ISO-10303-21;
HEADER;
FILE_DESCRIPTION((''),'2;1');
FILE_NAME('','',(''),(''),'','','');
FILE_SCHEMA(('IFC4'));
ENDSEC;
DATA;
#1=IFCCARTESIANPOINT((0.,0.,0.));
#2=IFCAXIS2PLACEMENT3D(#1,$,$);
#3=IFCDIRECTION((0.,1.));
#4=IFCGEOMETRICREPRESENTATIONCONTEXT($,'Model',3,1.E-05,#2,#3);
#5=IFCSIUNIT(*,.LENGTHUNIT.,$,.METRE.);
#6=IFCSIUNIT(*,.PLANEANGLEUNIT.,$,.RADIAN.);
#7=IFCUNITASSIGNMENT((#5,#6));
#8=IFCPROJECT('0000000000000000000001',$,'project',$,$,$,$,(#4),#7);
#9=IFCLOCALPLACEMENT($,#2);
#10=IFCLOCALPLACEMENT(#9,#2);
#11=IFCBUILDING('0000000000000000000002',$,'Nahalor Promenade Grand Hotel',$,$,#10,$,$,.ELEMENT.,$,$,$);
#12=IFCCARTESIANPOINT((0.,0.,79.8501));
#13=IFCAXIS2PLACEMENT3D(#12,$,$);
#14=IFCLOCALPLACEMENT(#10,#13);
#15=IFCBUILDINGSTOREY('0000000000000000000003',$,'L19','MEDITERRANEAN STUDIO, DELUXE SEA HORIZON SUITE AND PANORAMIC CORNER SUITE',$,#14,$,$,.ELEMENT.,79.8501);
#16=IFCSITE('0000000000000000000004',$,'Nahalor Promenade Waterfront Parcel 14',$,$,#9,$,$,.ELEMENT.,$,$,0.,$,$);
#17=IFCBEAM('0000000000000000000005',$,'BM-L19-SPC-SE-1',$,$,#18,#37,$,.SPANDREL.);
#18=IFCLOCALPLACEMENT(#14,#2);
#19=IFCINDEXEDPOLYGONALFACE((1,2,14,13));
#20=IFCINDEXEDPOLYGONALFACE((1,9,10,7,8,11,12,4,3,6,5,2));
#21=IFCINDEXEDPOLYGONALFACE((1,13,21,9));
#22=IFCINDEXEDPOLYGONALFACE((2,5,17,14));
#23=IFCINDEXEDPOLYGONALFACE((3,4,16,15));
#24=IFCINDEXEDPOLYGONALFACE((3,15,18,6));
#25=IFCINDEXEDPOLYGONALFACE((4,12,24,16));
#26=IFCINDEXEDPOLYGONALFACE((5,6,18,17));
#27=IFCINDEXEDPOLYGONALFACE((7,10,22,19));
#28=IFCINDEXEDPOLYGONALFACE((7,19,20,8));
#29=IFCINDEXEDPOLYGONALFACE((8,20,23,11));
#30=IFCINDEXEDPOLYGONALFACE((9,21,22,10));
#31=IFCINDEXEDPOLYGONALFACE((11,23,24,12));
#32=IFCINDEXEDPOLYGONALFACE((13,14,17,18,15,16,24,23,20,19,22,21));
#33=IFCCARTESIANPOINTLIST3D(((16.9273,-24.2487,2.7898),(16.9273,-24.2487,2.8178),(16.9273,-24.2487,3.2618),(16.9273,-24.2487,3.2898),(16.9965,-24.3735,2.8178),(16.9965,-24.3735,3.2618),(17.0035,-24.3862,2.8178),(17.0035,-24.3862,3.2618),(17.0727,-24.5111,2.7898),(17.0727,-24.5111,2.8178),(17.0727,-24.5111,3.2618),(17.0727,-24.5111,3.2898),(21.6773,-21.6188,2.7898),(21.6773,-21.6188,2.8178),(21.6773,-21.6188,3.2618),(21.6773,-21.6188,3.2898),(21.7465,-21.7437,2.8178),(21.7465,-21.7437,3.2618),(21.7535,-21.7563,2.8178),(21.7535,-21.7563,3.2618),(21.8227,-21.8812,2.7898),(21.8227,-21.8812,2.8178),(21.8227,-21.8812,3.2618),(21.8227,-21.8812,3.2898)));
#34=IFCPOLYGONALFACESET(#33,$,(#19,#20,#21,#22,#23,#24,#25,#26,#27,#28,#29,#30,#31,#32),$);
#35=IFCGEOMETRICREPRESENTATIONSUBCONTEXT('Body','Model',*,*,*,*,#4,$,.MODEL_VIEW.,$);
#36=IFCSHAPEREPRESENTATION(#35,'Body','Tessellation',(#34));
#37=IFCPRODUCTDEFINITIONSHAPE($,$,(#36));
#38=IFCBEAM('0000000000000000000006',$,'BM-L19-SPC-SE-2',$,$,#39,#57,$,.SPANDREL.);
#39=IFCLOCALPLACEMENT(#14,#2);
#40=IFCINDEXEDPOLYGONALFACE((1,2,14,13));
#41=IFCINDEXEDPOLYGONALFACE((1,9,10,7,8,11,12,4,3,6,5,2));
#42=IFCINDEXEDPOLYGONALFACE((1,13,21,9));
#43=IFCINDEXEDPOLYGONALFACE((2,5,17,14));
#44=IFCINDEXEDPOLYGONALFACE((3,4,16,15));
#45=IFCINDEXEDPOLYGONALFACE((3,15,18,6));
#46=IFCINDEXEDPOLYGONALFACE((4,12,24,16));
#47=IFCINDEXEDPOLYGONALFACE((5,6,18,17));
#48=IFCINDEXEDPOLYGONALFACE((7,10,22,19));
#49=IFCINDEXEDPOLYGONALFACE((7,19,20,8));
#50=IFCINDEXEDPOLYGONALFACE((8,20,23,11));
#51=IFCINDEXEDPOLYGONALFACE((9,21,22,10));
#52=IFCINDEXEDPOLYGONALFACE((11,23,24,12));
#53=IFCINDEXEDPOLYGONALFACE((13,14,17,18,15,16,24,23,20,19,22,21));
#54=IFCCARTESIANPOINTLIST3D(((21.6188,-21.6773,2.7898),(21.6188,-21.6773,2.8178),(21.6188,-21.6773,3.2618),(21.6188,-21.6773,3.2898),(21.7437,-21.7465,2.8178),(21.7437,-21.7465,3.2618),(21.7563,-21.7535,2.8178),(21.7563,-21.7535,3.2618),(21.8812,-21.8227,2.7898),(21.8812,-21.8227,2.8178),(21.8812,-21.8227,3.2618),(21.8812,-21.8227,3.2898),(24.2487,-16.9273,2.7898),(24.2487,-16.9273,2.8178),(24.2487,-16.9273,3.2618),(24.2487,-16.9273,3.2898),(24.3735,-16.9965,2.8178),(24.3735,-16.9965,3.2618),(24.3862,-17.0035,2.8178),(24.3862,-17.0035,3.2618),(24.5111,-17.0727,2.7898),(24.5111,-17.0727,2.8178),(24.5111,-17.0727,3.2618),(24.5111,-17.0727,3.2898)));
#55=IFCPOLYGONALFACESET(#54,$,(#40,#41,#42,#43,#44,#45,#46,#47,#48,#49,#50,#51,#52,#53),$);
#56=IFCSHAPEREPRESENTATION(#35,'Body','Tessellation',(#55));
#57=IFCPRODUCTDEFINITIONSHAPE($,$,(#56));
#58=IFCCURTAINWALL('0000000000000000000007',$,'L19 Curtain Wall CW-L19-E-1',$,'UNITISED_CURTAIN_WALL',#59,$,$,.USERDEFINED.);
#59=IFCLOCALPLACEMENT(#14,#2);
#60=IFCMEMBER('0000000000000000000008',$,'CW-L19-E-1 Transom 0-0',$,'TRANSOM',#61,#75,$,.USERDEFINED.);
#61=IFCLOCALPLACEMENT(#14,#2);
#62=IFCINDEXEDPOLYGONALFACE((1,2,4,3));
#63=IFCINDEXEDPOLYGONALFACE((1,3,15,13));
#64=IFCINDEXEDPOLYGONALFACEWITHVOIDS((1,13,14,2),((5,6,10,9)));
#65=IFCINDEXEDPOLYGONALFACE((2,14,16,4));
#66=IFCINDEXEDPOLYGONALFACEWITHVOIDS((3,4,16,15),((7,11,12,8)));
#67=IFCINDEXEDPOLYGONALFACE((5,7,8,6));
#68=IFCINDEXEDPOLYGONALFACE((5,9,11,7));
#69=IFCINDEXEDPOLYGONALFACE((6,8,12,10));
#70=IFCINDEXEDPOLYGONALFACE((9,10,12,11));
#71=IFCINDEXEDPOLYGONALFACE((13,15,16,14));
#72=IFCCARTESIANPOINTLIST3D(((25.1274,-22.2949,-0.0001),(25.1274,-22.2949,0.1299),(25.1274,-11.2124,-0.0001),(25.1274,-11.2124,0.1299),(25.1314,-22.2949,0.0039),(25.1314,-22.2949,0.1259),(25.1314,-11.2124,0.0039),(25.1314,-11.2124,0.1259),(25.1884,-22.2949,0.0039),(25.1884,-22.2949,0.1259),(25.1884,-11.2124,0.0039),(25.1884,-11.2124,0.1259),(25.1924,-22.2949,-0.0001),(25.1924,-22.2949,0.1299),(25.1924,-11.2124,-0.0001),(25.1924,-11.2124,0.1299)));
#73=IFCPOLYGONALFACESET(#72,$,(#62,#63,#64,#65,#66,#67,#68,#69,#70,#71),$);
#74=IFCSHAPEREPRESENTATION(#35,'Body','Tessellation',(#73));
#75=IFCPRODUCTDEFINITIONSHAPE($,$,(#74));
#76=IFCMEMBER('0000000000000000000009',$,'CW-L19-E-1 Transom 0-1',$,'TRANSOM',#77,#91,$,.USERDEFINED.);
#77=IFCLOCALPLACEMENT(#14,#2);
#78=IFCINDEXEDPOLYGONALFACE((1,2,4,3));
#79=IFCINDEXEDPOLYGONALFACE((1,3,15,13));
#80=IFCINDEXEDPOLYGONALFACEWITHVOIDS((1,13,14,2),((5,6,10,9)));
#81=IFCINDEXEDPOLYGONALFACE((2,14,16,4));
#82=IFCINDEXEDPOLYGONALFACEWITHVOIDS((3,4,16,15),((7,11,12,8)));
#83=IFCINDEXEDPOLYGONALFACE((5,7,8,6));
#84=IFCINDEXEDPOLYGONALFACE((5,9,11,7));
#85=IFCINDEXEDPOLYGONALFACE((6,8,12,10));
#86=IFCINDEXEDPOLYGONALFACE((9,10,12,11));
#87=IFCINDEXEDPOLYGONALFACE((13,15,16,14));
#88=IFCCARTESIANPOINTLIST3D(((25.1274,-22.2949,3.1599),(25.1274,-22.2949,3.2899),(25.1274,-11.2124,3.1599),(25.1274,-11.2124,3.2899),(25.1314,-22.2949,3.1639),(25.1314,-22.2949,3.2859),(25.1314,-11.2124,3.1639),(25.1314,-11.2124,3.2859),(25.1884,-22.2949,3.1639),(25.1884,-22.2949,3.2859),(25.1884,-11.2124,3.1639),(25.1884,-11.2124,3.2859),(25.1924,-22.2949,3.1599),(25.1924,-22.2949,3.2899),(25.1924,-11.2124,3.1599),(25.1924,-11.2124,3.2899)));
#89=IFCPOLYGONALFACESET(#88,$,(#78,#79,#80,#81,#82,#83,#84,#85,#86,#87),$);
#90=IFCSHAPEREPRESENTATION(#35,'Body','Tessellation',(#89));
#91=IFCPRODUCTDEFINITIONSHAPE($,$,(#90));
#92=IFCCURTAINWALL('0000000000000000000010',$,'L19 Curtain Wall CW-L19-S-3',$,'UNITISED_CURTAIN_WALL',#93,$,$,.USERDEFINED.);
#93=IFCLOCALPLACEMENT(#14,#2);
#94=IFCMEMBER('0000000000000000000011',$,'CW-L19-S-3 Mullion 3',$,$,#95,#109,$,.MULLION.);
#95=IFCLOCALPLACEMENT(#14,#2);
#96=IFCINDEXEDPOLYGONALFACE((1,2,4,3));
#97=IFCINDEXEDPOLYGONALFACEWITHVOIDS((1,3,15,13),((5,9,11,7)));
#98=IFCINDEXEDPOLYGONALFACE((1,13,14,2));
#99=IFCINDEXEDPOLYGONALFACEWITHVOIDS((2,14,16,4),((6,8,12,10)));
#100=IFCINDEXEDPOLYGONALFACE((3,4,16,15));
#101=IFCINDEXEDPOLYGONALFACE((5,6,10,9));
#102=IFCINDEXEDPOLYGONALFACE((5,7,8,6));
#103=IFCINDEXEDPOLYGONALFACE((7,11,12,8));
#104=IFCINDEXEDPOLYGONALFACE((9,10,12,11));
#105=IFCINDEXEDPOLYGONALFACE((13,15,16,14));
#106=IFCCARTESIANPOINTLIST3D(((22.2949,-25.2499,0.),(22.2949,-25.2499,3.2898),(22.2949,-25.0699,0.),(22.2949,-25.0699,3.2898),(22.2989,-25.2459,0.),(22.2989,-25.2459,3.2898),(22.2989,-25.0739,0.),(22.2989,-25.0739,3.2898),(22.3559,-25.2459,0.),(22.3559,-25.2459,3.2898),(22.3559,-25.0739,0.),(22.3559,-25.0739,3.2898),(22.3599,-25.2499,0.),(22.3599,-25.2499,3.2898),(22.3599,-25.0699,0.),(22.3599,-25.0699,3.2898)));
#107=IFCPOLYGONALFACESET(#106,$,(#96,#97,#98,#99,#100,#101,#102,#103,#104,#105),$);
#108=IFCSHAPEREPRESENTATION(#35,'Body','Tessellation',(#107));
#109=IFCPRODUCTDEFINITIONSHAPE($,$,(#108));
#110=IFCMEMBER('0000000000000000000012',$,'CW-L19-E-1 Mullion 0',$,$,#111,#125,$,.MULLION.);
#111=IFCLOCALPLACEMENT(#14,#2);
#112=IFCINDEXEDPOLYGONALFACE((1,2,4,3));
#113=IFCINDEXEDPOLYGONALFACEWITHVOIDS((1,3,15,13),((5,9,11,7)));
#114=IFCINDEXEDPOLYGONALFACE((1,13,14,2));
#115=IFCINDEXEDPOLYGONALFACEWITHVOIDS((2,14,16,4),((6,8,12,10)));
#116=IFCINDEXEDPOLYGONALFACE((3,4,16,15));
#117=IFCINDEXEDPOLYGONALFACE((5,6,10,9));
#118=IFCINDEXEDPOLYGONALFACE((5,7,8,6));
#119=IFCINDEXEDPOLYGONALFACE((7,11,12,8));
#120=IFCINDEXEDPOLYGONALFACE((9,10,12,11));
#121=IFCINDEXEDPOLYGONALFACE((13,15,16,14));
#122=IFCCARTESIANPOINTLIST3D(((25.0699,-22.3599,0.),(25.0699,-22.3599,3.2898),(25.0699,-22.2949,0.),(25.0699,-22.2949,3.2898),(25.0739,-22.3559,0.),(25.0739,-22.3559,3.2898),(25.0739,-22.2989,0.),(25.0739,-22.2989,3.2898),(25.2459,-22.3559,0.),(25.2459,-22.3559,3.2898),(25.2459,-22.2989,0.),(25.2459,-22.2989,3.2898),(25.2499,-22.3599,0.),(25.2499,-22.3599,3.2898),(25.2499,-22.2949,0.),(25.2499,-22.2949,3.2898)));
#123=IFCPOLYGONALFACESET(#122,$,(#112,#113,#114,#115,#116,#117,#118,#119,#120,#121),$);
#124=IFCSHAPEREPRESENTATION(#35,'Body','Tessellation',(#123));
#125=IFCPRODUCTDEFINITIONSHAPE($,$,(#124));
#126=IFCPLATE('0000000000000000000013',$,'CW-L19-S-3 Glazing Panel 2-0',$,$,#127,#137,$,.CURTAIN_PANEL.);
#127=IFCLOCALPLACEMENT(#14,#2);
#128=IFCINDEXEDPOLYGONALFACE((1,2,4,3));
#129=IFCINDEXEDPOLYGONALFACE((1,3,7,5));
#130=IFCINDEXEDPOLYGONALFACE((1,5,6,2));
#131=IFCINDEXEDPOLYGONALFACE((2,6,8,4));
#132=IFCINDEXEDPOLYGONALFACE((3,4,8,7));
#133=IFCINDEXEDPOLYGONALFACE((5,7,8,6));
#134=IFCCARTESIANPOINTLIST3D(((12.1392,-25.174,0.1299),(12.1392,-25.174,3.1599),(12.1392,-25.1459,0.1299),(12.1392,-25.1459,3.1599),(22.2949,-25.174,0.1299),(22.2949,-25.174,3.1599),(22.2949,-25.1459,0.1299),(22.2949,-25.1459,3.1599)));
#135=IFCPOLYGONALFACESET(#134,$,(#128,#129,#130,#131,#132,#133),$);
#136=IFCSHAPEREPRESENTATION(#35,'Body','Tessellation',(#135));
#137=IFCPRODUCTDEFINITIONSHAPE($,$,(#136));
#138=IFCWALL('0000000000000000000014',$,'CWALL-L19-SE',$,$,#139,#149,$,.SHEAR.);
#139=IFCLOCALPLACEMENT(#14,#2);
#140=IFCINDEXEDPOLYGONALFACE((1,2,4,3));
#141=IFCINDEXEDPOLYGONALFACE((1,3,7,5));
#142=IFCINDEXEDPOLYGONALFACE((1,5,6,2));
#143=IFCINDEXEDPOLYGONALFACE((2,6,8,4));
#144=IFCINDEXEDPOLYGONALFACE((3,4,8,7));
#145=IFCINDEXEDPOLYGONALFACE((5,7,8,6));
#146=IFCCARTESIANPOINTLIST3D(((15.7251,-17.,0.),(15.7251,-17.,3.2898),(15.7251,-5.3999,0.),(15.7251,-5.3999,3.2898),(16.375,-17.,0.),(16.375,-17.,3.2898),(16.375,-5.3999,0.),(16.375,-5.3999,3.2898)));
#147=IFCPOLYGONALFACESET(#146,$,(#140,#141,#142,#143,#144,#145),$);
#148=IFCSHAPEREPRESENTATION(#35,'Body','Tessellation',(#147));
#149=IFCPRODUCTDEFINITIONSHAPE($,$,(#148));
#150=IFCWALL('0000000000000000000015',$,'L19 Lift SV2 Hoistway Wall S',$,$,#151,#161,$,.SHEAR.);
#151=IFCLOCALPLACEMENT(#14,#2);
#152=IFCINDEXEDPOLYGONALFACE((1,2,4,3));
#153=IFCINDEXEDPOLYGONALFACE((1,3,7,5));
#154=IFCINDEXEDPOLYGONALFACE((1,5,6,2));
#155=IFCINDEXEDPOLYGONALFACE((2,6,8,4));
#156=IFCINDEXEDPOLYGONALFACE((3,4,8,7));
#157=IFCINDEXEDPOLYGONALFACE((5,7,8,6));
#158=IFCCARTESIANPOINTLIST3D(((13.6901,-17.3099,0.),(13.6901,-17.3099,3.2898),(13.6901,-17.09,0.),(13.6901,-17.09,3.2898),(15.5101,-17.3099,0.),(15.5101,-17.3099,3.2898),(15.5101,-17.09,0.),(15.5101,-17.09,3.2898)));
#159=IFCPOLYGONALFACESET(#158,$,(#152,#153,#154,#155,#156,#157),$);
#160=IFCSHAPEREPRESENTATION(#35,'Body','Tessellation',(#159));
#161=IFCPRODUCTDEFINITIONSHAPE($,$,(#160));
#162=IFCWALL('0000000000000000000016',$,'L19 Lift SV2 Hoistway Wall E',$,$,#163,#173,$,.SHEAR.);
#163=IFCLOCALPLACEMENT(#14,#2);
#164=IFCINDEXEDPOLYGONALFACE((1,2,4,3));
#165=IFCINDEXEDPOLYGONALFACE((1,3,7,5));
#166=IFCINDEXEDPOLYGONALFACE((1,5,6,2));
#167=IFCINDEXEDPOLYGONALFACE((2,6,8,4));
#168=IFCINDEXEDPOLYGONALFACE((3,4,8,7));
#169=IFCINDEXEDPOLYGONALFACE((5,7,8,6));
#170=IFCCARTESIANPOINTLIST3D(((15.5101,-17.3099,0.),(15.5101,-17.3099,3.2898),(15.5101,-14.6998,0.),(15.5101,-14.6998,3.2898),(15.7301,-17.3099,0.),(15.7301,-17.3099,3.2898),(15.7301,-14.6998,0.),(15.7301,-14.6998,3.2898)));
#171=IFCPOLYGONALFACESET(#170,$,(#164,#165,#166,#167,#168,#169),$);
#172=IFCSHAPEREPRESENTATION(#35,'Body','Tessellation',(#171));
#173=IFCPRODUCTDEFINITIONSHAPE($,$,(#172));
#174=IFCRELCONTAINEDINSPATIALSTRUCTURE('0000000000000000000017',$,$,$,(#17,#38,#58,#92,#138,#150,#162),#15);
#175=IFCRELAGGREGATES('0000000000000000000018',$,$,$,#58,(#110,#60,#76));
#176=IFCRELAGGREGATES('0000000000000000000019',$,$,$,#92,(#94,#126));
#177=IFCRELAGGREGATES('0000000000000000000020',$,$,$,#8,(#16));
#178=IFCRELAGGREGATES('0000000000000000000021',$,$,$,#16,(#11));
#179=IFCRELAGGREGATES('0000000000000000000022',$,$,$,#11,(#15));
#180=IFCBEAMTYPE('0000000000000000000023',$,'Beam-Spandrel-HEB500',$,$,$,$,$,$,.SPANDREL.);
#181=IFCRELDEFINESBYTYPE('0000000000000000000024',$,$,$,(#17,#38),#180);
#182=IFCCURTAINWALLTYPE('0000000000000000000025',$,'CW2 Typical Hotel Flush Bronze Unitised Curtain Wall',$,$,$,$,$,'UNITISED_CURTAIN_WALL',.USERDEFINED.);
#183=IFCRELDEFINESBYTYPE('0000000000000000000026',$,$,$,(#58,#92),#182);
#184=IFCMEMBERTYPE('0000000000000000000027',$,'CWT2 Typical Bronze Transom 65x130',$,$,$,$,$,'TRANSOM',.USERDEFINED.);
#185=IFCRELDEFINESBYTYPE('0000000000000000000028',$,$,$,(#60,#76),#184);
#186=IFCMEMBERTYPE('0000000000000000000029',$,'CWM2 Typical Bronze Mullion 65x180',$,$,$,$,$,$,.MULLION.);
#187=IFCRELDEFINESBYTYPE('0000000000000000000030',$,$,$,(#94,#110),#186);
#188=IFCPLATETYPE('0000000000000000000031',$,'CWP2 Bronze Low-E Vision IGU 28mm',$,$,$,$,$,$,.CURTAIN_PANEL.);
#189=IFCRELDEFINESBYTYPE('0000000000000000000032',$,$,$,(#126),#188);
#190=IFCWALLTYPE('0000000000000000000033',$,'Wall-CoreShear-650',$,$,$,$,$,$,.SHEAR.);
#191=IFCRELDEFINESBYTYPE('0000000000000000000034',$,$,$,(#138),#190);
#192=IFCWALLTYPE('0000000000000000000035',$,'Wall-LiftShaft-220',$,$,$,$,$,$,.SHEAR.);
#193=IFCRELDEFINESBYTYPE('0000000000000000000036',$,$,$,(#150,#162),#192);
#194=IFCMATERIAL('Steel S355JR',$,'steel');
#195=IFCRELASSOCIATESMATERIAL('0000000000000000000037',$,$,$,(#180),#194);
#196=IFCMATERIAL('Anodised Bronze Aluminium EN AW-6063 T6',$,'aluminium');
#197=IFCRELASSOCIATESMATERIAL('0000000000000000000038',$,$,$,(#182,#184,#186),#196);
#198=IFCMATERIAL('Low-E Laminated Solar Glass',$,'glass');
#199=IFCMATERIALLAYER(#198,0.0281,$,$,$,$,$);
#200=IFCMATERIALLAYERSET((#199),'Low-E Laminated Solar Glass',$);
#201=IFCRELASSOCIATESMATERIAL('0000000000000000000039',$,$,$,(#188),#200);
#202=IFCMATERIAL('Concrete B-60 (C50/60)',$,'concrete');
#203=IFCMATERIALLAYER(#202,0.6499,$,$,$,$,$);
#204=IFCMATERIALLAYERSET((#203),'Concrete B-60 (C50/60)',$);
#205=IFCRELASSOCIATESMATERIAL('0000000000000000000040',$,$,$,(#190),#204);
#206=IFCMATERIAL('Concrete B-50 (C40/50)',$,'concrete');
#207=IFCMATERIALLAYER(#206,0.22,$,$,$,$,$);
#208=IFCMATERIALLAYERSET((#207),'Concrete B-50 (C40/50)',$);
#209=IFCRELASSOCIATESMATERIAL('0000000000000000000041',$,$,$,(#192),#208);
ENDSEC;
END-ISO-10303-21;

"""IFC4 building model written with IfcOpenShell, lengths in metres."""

from ifc_helpers import new_model, si_unit, direction, frame, frame_2d, origin, origin_2d, place, context, subcontext, project, spatial, rectangle, hollow_rectangle, i_section, extrude, source, transform, mapped, material, layer, layer_set, material_profile, profile_set, type_object, element, aggregate, save


model = new_model("IFC4")

# Units and contexts
model_context = context("Model", 3, precision=1e-05, world=origin(), true_north=direction((0.0, 1.0)))
body_context = subcontext(model_context, "Body", "Model", "MODEL_VIEW")
ifc_project = project(units=[si_unit("LENGTHUNIT", "METRE"), si_unit("PLANEANGLEUNIT", "RADIAN")], contexts=[model_context])

# Site, building, storey
site_placement = place(None, origin())
site = spatial("IfcSite", under=ifc_project, at=site_placement, Name="Nahalor Promenade Waterfront Parcel 14", CompositionType="ELEMENT", RefElevation=0.0)
building_placement = place(site_placement, origin())
building = spatial("IfcBuilding", under=site, at=building_placement, Name="Nahalor Promenade Grand Hotel", CompositionType="ELEMENT")
storey_placement = place(building_placement, frame((0.0, 0.0, 79.8501)))
storey = spatial("IfcBuildingStorey", under=building, at=storey_placement, Name="L19", Description="MEDITERRANEAN STUDIO, DELUXE SEA HORIZON SUITE AND PANORAMIC CORNER SUITE", CompositionType="ELEMENT", Elevation=79.8501)

# Beams
ifc_material_1 = material(Name="Steel S355JR", Category="steel")
ifc_material_profile_1 = material_profile(ifc_material_1, i_section(OverallWidth=0.3, OverallDepth=0.5, WebThickness=0.0145, FlangeThickness=0.028, at=origin_2d()), Name="HEB 500")
ifc_profile_set_1 = profile_set([ifc_material_profile_1], Name="Steel S355JR")
beam_type_1 = type_object("IfcBeamType", Name="Beam-Spandrel-HEB500", PredefinedType="SPANDREL", material=ifc_profile_set_1)
shared_shape_1 = source(origin(), body_context, "Body", "SweptSolid", [
    extrude(i_section(OverallWidth=0.3, OverallDepth=0.5, WebThickness=0.0145, FlangeThickness=0.028, at=origin_2d()), origin(), (0.0, 0.0, 1.0), 5.4294),
])
for number, where, z_axis, x_axis, name in (
    (1, (17.0, -24.3799, 3.0398), (0.874861, 0.484375, 0.0), (-0.484375, 0.874861, 0.0), "BM-L19-SPC-SE-1"),
    (2, (21.75, -21.75, 3.0398), (0.484375, 0.874861, 0.0), (-0.874861, 0.484375, 0.0), "BM-L19-SPC-SE-2"),
):
    element("IfcBeam", number, at=place(storey_placement, frame(where, z_axis=z_axis, x_axis=x_axis)), inside=storey, type_object=beam_type_1, Name=name, PredefinedType="SPANDREL", context=body_context, shape_type="MappedRepresentation", body=[
        mapped(shared_shape_1, transform((0.0, 0.0, 0.0), scale=1.0)),
    ])

# Curtain wall, members
ifc_material_2 = material(Name="Anodised Bronze Aluminium EN AW-6063 T6", Category="aluminium")
curtain_wall_type = type_object("IfcCurtainWallType", Name="CW2 Typical Hotel Flush Bronze Unitised Curtain Wall", ElementType="UNITISED_CURTAIN_WALL", PredefinedType="USERDEFINED", material=ifc_material_2)
curtain_wall_1_placement = place(storey_placement, origin())
curtain_wall_1 = element("IfcCurtainWall", 3, at=curtain_wall_1_placement, inside=storey, type_object=curtain_wall_type, Name="L19 Curtain Wall CW-L19-E-1", ObjectType="UNITISED_CURTAIN_WALL", PredefinedType="USERDEFINED")
ifc_material_profile_2 = material_profile(ifc_material_2, hollow_rectangle(XDim=0.065, YDim=0.13, WallThickness=0.004, at=origin_2d()), Name="CWT 65x130x4")
ifc_profile_set_2 = profile_set([ifc_material_profile_2], Name="Anodised Bronze Aluminium EN AW-6063 T6")
member_type_1 = type_object("IfcMemberType", Name="CWT2 Typical Bronze Transom 65x130", ElementType="TRANSOM", PredefinedType="USERDEFINED", material=ifc_profile_set_2)
shared_shape_2 = source(origin(), body_context, "Body", "SweptSolid", [
    extrude(hollow_rectangle(XDim=0.065, YDim=0.13, WallThickness=0.004, at=origin_2d()), origin(), (0.0, 0.0, 1.0), 11.0825),
])
member_1_placement = place(storey_placement, frame((25.1599, -22.2949, 0.0649), z_axis=(0.0, 1.0, 0.0), x_axis=(-1.0, 0.0, 0.0)))
member_1 = element("IfcMember", 4, at=member_1_placement, type_object=member_type_1, Name="CW-L19-E-1 Transom 0-0", ObjectType="TRANSOM", PredefinedType="USERDEFINED", context=body_context, shape_type="MappedRepresentation", body=[
    mapped(shared_shape_2, transform((0.0, 0.0, 0.0), scale=1.0)),
])
member_2_placement = place(storey_placement, frame((25.1599, -22.2949, 3.2249), z_axis=(0.0, 1.0, 0.0), x_axis=(-1.0, 0.0, 0.0)))
member_2 = element("IfcMember", 5, at=member_2_placement, type_object=member_type_1, Name="CW-L19-E-1 Transom 0-1", ObjectType="TRANSOM", PredefinedType="USERDEFINED", context=body_context, shape_type="MappedRepresentation", body=[
    mapped(shared_shape_2, transform((0.0, 0.0, 0.0), scale=1.0)),
])

# Curtain wall, member
curtain_wall_2_placement = place(storey_placement, origin())
curtain_wall_2 = element("IfcCurtainWall", 6, at=curtain_wall_2_placement, inside=storey, type_object=curtain_wall_type, Name="L19 Curtain Wall CW-L19-S-3", ObjectType="UNITISED_CURTAIN_WALL", PredefinedType="USERDEFINED")
ifc_material_profile_3 = material_profile(ifc_material_2, hollow_rectangle(XDim=0.065, YDim=0.18, WallThickness=0.004, at=origin_2d()), Name="CWM 65x180x4")
ifc_profile_set_3 = profile_set([ifc_material_profile_3], Name="Anodised Bronze Aluminium EN AW-6063 T6")
member_type_2 = type_object("IfcMemberType", Name="CWM2 Typical Bronze Mullion 65x180", PredefinedType="MULLION", material=ifc_profile_set_3)
shared_shape_3 = source(origin(), body_context, "Body", "SweptSolid", [
    extrude(hollow_rectangle(XDim=0.065, YDim=0.18, WallThickness=0.004, at=origin_2d()), origin(), (0.0, 0.0, 1.0), 3.2898),
])
member_3_placement = place(storey_placement, frame((22.3274, -25.1599, 0.0), z_axis=(0.0, 0.0, 1.0), x_axis=(1.0, 0.0, 0.0)))
member_3 = element("IfcMember", 7, at=member_3_placement, type_object=member_type_2, Name="CW-L19-S-3 Mullion 3", PredefinedType="MULLION", context=body_context, shape_type="MappedRepresentation", body=[
    mapped(shared_shape_3, transform((0.0, 0.0, 0.0), scale=1.0)),
])

# Member
member_4_placement = place(storey_placement, frame((25.1599, -22.3274, 0.0), z_axis=(0.0, 0.0, 1.0), x_axis=(0.0, 1.0, 0.0)))
member_4 = element("IfcMember", 8, at=member_4_placement, type_object=member_type_2, Name="CW-L19-E-1 Mullion 0", PredefinedType="MULLION", context=body_context, shape_type="MappedRepresentation", body=[
    mapped(shared_shape_3, transform((0.0, 0.0, 0.0), scale=1.0)),
])
aggregate(curtain_wall_1, [member_4, member_1, member_2])

# Plate
ifc_material_3 = material(Name="Low-E Laminated Solar Glass", Category="glass")
ifc_layer_1 = layer(ifc_material_3, 0.0281)
ifc_layer_set_1 = layer_set([ifc_layer_1], Name="Low-E Laminated Solar Glass")
plate_type = type_object("IfcPlateType", Name="CWP2 Bronze Low-E Vision IGU 28mm", PredefinedType="CURTAIN_PANEL", material=ifc_layer_set_1)
shared_shape_4 = source(origin(), body_context, "Body", "SweptSolid", [
    extrude(rectangle(XDim=10.1558, YDim=0.0281, at=origin_2d()), origin(), (0.0, 0.0, 1.0), 3.03),
])
plate_placement = place(storey_placement, frame((17.217, -25.1599, 0.1299), z_axis=(0.0, 0.0, 1.0), x_axis=(1.0, 0.0, 0.0)))
plate = element("IfcPlate", 9, at=plate_placement, type_object=plate_type, Name="CW-L19-S-3 Glazing Panel 2-0", PredefinedType="CURTAIN_PANEL", context=body_context, shape_type="MappedRepresentation", body=[
    mapped(shared_shape_4, transform((0.0, 0.0, 0.0), scale=1.0)),
])
aggregate(curtain_wall_2, [member_3, plate])

# Walls
ifc_material_4 = material(Name="Concrete B-60 (C50/60)", Category="concrete")
ifc_layer_2 = layer(ifc_material_4, 0.6499)
ifc_layer_set_2 = layer_set([ifc_layer_2], Name="Concrete B-60 (C50/60)")
wall_type_1 = type_object("IfcWallType", Name="Wall-CoreShear-650", PredefinedType="SHEAR", material=ifc_layer_set_2)
shared_shape_5 = source(origin(), body_context, "Body", "SweptSolid", [
    extrude(rectangle(XDim=11.6001, YDim=0.6499, at=frame_2d((5.8, 0.0))), origin(), (0.0, 0.0, 1.0), 3.2898),
])
wall_1_placement = place(storey_placement, frame((16.05, -17.0, 0.0), z_axis=(0.0, 0.0, 1.0), x_axis=(0.0, 1.0, 0.0)))
element("IfcWall", 10, at=wall_1_placement, inside=storey, type_object=wall_type_1, Name="CWALL-L19-SE", PredefinedType="SHEAR", context=body_context, shape_type="MappedRepresentation", body=[
    mapped(shared_shape_5, transform((0.0, 0.0, 0.0), scale=1.0)),
])
ifc_material_5 = material(Name="Concrete B-50 (C40/50)", Category="concrete")
ifc_layer_3 = layer(ifc_material_5, 0.22)
ifc_layer_set_3 = layer_set([ifc_layer_3], Name="Concrete B-50 (C40/50)")
wall_type_2 = type_object("IfcWallType", Name="Wall-LiftShaft-220", PredefinedType="SHEAR", material=ifc_layer_set_3)
shared_shape_6 = source(origin(), body_context, "Body", "SweptSolid", [
    extrude(rectangle(XDim=1.8201, YDim=0.22, at=frame_2d((0.9102, 0.0))), origin(), (0.0, 0.0, 1.0), 3.2898),
])
wall_2_placement = place(storey_placement, frame((13.6899, -17.2, 0.0), z_axis=(0.0, 0.0, 1.0), x_axis=(1.0, 0.0, 0.0)))
element("IfcWall", 11, at=wall_2_placement, inside=storey, type_object=wall_type_2, Name="L19 Lift SV2 Hoistway Wall S", PredefinedType="SHEAR", context=body_context, shape_type="MappedRepresentation", body=[
    mapped(shared_shape_6, transform((0.0, 0.0, 0.0), scale=1.0)),
])
shared_shape_7 = source(origin(), body_context, "Body", "SweptSolid", [
    extrude(rectangle(XDim=2.6101, YDim=0.22, at=frame_2d((1.3052, 0.0))), origin(), (0.0, 0.0, 1.0), 3.2898),
])
wall_3_placement = place(storey_placement, frame((15.6201, -17.3101, 0.0), z_axis=(0.0, 0.0, 1.0), x_axis=(0.0, 1.0, 0.0)))
element("IfcWall", 12, at=wall_3_placement, inside=storey, type_object=wall_type_2, Name="L19 Lift SV2 Hoistway Wall E", PredefinedType="SHEAR", context=body_context, shape_type="MappedRepresentation", body=[
    mapped(shared_shape_7, transform((0.0, 0.0, 0.0), scale=1.0)),
])

save(model, "model.ifc")
